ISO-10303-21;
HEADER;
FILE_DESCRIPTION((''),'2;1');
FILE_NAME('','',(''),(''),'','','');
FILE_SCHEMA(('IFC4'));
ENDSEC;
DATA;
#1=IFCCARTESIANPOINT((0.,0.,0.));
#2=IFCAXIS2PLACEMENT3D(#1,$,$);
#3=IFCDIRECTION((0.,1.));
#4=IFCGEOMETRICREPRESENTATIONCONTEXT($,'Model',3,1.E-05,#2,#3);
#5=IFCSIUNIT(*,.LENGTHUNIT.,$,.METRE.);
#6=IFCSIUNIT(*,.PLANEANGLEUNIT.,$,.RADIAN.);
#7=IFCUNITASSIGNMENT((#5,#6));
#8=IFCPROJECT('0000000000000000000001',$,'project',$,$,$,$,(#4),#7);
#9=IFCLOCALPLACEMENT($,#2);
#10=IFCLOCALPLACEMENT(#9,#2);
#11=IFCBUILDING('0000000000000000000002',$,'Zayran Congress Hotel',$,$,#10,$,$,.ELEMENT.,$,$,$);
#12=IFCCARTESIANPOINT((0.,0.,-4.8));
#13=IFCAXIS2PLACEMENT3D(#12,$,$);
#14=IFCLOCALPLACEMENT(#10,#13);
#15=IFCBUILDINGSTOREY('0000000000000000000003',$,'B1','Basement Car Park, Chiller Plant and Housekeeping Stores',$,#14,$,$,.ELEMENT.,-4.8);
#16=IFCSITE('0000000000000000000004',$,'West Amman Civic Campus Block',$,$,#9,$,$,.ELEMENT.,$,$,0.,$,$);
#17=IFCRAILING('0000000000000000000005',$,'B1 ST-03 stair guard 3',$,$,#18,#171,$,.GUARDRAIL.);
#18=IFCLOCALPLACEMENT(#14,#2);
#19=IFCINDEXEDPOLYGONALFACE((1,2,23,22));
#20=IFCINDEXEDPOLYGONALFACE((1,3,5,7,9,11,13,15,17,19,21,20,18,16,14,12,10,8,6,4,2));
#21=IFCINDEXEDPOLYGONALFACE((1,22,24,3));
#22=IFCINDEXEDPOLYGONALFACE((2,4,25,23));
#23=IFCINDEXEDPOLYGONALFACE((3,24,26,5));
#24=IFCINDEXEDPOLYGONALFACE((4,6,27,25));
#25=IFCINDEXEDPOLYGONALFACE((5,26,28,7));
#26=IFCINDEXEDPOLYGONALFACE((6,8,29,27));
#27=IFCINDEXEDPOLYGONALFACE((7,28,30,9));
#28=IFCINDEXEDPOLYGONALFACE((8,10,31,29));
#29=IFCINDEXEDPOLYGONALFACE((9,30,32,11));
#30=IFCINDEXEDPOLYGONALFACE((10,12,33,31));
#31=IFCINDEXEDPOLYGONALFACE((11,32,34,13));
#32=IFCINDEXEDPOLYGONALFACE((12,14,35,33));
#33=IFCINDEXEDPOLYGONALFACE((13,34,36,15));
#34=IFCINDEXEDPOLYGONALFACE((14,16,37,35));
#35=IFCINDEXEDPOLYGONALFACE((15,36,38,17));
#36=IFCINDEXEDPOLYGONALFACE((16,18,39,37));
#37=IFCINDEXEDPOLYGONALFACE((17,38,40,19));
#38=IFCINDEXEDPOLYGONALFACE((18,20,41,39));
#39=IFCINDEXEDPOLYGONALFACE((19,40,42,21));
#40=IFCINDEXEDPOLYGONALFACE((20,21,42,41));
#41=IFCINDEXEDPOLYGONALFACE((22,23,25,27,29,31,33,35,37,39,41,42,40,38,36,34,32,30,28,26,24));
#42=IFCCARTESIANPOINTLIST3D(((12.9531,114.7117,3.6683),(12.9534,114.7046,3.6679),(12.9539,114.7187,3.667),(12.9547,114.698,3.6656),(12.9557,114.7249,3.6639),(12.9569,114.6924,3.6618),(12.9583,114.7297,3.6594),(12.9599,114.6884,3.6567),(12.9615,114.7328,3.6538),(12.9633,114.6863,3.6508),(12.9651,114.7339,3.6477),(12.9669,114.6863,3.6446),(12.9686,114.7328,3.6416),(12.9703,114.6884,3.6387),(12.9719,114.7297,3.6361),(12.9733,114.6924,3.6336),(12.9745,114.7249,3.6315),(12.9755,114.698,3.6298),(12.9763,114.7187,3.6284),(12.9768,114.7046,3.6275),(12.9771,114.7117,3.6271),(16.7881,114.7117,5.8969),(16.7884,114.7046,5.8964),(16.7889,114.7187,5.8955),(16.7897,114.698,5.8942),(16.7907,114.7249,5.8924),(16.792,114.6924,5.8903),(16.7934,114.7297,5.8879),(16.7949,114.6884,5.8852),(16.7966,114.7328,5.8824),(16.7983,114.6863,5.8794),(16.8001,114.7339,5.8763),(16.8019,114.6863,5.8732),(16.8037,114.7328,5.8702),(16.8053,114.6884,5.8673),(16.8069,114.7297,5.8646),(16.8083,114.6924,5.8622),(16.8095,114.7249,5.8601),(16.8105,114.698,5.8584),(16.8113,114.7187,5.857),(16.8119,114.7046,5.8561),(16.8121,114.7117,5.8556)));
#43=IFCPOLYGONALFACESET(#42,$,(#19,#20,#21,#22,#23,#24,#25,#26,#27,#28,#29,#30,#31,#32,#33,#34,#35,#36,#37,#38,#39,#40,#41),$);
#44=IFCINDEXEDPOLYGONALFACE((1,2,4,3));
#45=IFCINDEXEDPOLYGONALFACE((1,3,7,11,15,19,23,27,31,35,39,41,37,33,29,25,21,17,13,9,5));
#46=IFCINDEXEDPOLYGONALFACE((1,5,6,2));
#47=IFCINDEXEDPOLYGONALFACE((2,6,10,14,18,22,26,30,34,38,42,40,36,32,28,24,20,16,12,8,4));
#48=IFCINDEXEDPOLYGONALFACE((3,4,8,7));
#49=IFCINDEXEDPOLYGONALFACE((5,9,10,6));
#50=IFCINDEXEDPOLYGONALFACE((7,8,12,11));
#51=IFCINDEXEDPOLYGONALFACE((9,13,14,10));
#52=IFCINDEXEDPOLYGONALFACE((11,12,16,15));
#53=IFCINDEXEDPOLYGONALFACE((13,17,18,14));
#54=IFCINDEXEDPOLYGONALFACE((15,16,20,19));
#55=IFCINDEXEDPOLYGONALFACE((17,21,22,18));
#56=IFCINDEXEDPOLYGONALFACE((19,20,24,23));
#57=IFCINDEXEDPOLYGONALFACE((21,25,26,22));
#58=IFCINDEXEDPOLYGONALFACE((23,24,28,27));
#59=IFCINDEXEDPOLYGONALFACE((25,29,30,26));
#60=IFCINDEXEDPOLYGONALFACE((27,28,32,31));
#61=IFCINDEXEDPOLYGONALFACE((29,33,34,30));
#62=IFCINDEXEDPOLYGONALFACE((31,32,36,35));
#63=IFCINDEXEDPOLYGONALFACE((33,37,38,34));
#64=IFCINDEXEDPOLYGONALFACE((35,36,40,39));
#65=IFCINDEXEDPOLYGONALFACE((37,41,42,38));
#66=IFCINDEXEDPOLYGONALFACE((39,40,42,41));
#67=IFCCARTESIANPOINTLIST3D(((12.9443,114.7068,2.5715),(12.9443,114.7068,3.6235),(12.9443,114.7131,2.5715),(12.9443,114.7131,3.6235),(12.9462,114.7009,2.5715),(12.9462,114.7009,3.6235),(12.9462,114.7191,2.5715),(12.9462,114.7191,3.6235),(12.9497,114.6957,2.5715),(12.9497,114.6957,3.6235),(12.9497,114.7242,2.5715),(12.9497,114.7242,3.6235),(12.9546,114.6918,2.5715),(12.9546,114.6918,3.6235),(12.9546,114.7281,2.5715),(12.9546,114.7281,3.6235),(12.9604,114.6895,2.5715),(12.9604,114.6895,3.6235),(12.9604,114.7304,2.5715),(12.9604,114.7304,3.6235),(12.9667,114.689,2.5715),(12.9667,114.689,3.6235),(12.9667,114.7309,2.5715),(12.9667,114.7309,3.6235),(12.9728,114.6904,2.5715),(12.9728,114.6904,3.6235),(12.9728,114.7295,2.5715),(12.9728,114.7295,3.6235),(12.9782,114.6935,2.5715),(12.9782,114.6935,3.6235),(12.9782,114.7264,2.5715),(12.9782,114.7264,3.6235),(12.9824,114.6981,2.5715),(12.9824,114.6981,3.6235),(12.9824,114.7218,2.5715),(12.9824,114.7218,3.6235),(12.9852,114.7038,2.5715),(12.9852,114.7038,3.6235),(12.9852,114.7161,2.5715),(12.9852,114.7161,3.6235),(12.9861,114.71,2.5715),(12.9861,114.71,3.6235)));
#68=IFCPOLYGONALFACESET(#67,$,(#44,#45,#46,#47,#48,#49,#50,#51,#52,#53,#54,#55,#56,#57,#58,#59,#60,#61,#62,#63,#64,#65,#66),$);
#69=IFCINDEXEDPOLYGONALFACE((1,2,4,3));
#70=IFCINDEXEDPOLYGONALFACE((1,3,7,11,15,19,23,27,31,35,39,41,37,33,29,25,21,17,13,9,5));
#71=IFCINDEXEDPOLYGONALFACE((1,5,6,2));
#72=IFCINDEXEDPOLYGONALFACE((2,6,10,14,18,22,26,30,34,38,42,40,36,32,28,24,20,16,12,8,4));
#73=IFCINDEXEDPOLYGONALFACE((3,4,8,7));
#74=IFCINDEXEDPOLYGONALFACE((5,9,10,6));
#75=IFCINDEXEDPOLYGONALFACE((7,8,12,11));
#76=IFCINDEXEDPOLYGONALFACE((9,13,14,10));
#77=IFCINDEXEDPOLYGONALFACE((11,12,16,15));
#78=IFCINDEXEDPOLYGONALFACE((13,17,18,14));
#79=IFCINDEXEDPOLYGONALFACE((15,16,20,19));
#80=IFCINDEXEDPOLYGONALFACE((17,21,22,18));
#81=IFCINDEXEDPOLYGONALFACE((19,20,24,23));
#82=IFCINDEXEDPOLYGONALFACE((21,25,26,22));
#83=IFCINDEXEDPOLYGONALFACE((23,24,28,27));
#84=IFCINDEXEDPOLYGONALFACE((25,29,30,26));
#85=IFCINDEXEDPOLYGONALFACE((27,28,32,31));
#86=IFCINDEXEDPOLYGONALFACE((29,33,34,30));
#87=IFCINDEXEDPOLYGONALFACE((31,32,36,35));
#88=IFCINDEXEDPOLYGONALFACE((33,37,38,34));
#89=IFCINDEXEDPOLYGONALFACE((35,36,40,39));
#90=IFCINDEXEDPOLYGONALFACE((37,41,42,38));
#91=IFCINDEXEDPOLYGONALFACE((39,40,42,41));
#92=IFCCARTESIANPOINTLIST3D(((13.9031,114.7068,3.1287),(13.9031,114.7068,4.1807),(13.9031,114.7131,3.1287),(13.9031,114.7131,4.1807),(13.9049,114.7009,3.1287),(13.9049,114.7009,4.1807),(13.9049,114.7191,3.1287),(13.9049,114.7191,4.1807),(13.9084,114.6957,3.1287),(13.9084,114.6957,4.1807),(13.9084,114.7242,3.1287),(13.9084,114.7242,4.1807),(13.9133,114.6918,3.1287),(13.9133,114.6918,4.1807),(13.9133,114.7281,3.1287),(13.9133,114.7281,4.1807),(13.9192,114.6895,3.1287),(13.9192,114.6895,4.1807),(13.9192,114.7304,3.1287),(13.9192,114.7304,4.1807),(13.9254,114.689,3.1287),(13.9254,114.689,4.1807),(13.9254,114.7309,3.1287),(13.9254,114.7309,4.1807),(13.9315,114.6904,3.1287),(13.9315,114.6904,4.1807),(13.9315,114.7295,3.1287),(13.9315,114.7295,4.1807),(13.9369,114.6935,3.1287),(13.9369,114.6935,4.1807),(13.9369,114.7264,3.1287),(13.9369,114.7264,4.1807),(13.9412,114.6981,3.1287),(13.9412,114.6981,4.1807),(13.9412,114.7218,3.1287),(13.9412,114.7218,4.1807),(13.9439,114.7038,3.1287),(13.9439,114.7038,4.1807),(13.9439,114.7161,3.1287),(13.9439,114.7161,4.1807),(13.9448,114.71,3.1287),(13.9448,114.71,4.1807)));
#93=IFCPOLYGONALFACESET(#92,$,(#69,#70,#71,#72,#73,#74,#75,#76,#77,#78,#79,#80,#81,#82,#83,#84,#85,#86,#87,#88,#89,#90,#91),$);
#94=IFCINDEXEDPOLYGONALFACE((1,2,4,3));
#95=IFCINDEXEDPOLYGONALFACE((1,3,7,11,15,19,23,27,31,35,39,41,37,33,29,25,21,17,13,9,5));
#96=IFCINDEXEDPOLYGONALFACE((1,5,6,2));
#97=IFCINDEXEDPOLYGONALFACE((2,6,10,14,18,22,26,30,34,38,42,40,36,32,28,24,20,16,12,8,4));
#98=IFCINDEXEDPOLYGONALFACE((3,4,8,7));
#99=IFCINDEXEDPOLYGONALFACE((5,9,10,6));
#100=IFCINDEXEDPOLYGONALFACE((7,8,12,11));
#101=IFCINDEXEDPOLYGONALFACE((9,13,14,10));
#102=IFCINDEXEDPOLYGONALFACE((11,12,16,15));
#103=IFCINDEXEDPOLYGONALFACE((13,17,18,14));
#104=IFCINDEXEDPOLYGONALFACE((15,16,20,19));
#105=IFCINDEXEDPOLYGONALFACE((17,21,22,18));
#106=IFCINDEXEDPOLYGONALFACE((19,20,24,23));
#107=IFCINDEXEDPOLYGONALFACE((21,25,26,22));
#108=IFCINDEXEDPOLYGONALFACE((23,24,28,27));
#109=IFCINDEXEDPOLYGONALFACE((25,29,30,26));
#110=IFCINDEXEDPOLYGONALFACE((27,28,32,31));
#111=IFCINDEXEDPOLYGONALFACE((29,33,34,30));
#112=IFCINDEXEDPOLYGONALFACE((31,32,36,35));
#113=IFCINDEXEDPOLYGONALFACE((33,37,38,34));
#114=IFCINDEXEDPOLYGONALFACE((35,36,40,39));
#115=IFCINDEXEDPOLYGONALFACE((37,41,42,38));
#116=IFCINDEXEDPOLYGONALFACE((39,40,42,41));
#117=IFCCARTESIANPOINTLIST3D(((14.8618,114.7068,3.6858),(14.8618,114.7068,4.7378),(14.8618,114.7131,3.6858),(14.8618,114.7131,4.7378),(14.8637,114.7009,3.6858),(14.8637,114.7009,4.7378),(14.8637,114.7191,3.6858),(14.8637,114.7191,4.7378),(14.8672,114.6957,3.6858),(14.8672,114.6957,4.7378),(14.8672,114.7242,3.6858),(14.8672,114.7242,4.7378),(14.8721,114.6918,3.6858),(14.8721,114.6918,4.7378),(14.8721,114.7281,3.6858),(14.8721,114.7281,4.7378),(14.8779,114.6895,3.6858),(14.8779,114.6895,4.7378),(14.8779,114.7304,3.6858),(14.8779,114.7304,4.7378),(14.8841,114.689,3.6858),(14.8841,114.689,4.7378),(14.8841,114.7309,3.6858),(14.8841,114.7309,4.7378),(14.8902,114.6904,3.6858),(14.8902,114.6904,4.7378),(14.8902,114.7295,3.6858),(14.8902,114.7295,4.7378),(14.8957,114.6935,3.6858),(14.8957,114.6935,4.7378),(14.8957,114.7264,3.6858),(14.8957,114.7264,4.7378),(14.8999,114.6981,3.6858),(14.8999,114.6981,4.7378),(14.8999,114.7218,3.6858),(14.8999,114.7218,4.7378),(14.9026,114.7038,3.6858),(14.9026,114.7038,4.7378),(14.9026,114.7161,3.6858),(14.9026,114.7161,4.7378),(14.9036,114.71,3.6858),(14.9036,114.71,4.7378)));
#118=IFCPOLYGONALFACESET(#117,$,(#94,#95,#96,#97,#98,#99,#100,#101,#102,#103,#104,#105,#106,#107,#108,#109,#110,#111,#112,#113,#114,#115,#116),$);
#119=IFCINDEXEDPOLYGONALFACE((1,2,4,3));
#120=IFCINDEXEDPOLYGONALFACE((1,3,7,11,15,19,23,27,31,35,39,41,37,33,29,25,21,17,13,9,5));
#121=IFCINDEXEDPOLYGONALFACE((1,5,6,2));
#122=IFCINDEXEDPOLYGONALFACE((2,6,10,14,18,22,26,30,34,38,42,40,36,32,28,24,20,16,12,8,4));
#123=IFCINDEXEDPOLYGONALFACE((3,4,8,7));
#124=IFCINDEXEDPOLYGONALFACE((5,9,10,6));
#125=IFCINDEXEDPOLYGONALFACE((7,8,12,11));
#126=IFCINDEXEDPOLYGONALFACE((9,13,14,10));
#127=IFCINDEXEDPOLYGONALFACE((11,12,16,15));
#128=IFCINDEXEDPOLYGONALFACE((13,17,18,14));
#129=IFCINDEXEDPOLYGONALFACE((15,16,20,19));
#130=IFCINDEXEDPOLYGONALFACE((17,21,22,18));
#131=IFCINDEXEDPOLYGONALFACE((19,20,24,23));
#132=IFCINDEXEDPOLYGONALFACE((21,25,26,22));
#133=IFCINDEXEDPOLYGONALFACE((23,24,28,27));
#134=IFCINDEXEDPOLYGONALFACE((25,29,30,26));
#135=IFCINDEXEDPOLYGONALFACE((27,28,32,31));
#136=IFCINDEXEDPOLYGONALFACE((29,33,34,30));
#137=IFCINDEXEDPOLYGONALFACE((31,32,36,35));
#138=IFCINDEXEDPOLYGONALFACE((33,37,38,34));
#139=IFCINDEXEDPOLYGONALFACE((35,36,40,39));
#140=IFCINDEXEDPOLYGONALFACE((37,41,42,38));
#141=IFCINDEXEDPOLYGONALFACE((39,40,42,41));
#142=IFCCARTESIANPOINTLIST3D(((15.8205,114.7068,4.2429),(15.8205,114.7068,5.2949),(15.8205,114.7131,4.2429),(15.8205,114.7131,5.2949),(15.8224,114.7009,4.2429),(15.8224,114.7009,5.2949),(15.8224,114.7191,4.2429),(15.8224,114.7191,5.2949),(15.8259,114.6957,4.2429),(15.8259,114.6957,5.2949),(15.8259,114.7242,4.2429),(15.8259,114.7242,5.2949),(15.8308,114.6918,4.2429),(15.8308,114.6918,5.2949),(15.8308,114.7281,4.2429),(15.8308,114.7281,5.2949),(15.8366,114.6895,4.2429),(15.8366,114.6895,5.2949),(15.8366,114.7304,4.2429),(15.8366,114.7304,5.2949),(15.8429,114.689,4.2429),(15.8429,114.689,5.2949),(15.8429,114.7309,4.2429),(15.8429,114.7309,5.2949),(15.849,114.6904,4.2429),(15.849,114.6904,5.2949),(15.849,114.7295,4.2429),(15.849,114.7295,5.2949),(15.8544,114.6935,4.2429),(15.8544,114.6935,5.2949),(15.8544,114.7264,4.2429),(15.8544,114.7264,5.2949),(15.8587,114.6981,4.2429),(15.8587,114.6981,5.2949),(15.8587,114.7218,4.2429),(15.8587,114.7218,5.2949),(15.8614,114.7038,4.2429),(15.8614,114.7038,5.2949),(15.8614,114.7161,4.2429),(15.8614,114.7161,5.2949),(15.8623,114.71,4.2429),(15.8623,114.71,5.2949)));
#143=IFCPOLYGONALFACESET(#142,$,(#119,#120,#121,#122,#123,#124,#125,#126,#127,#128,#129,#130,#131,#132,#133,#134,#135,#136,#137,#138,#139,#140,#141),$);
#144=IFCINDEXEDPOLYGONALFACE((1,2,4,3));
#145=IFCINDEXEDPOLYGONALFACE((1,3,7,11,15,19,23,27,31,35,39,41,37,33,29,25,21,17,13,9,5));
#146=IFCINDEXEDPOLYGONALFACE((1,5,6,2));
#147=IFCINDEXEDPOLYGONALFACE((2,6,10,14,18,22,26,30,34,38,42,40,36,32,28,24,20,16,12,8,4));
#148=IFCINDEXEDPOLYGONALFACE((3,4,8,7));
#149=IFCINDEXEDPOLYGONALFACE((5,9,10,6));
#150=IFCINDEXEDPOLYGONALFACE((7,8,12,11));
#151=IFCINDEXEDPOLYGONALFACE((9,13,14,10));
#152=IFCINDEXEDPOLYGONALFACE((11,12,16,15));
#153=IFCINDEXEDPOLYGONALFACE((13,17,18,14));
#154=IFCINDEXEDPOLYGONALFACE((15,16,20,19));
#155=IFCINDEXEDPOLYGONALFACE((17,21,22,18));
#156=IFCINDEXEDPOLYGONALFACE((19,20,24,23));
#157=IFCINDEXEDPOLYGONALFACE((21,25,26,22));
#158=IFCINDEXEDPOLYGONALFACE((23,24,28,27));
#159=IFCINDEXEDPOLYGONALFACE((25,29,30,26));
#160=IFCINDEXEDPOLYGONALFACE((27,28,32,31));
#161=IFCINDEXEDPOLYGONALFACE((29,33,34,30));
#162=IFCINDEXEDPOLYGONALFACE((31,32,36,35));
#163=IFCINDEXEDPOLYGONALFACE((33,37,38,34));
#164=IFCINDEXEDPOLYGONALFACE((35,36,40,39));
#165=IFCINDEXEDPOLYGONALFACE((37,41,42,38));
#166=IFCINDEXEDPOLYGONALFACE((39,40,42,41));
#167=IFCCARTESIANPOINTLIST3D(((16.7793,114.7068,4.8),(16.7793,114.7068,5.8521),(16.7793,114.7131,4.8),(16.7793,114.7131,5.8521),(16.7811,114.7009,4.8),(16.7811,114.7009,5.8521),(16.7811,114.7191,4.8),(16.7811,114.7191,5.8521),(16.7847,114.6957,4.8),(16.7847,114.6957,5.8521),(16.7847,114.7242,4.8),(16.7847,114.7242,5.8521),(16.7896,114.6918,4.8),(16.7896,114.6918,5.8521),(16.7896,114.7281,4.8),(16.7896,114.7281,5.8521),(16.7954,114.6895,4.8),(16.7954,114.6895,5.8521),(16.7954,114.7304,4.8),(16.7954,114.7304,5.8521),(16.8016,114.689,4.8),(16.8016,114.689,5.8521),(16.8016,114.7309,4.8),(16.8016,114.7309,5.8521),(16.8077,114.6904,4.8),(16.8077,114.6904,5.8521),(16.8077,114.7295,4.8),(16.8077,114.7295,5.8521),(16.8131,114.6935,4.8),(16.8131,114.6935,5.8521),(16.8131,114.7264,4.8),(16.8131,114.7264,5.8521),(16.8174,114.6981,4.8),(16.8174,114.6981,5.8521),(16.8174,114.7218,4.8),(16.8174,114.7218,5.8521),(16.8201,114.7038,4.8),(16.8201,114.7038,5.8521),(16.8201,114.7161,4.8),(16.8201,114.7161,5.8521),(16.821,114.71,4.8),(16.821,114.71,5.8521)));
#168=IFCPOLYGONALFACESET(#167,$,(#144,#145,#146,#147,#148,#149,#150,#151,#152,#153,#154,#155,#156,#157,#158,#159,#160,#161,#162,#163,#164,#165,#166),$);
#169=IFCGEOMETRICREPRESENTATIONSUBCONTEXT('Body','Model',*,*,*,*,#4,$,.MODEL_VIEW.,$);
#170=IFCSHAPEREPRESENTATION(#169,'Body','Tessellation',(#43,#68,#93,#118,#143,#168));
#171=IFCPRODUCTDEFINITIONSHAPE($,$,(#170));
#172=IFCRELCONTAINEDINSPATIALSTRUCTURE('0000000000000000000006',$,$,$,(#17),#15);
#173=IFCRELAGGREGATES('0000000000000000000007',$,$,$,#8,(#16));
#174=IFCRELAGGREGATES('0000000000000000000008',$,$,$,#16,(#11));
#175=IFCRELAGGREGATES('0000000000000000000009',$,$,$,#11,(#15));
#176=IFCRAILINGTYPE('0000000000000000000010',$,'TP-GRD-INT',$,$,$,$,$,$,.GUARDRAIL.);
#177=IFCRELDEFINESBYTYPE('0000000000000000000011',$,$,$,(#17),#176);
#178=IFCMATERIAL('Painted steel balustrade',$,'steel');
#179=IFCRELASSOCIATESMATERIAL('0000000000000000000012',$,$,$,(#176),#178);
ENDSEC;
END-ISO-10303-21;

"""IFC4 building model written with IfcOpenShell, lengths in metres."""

from ifc_helpers import new_model, si_unit, direction, frame, origin, origin_2d, place, context, subcontext, project, spatial, circle, extrude, material, type_object, element, save


model = new_model("IFC4")

# Units and contexts
model_context = context("Model", 3, precision=1e-05, world=origin(), true_north=direction((0.0, 1.0)))
body_context = subcontext(model_context, "Body", "Model", "MODEL_VIEW")
ifc_project = project(units=[si_unit("LENGTHUNIT", "METRE"), si_unit("PLANEANGLEUNIT", "RADIAN")], contexts=[model_context])

# Site, building, storey
site_placement = place(None, origin())
site = spatial("IfcSite", under=ifc_project, at=site_placement, Name="West Amman Civic Campus Block", CompositionType="ELEMENT", RefElevation=0.0)
building_placement = place(site_placement, origin())
building = spatial("IfcBuilding", under=site, at=building_placement, Name="Zayran Congress Hotel", CompositionType="ELEMENT")
storey_placement = place(building_placement, frame((0.0, 0.0, -4.8)))
storey = spatial("IfcBuildingStorey", under=building, at=storey_placement, Name="B1", Description="Basement Car Park, Chiller Plant and Housekeeping Stores", CompositionType="ELEMENT", Elevation=-4.8)

# Railing
ifc_material_1 = material(Name="Painted steel balustrade", Category="steel")
railing_type_1 = type_object("IfcRailingType", Name="TP-GRD-INT", PredefinedType="GUARDRAIL", material=ifc_material_1)
railing_1_placement = place(storey_placement, frame((12.9651, 114.71, 2.5715)))
element("IfcRailing", 1, at=railing_1_placement, inside=storey, type_object=railing_type_1, Name="B1 ST-03 stair guard 3", PredefinedType="GUARDRAIL", context=body_context, shape_type="SweptSolid", body=[
    extrude(circle(Radius=0.0239, at=origin_2d()), frame((0.0, 0.0, 1.0762), z_axis=(0.864616, 0.0, 0.502433), x_axis=(0.0, 1.0, 0.0)), (0.0, 0.0, 1.0), 4.4355),
    extrude(circle(Radius=0.021, at=origin_2d()), origin(), (0.0, 0.0, 1.0), 1.052),
    extrude(circle(Radius=0.021, at=origin_2d()), frame((0.9587, 0.0, 0.5571)), (0.0, 0.0, 1.0), 1.052),
    extrude(circle(Radius=0.021, at=origin_2d()), frame((1.9175, 0.0, 1.1143)), (0.0, 0.0, 1.0), 1.052),
    extrude(circle(Radius=0.021, at=origin_2d()), frame((2.8762, 0.0, 1.6714)), (0.0, 0.0, 1.0), 1.052),
    extrude(circle(Radius=0.021, at=origin_2d()), frame((3.835, 0.0, 2.2285)), (0.0, 0.0, 1.0), 1.052),
])

save(model, "model.ifc")
